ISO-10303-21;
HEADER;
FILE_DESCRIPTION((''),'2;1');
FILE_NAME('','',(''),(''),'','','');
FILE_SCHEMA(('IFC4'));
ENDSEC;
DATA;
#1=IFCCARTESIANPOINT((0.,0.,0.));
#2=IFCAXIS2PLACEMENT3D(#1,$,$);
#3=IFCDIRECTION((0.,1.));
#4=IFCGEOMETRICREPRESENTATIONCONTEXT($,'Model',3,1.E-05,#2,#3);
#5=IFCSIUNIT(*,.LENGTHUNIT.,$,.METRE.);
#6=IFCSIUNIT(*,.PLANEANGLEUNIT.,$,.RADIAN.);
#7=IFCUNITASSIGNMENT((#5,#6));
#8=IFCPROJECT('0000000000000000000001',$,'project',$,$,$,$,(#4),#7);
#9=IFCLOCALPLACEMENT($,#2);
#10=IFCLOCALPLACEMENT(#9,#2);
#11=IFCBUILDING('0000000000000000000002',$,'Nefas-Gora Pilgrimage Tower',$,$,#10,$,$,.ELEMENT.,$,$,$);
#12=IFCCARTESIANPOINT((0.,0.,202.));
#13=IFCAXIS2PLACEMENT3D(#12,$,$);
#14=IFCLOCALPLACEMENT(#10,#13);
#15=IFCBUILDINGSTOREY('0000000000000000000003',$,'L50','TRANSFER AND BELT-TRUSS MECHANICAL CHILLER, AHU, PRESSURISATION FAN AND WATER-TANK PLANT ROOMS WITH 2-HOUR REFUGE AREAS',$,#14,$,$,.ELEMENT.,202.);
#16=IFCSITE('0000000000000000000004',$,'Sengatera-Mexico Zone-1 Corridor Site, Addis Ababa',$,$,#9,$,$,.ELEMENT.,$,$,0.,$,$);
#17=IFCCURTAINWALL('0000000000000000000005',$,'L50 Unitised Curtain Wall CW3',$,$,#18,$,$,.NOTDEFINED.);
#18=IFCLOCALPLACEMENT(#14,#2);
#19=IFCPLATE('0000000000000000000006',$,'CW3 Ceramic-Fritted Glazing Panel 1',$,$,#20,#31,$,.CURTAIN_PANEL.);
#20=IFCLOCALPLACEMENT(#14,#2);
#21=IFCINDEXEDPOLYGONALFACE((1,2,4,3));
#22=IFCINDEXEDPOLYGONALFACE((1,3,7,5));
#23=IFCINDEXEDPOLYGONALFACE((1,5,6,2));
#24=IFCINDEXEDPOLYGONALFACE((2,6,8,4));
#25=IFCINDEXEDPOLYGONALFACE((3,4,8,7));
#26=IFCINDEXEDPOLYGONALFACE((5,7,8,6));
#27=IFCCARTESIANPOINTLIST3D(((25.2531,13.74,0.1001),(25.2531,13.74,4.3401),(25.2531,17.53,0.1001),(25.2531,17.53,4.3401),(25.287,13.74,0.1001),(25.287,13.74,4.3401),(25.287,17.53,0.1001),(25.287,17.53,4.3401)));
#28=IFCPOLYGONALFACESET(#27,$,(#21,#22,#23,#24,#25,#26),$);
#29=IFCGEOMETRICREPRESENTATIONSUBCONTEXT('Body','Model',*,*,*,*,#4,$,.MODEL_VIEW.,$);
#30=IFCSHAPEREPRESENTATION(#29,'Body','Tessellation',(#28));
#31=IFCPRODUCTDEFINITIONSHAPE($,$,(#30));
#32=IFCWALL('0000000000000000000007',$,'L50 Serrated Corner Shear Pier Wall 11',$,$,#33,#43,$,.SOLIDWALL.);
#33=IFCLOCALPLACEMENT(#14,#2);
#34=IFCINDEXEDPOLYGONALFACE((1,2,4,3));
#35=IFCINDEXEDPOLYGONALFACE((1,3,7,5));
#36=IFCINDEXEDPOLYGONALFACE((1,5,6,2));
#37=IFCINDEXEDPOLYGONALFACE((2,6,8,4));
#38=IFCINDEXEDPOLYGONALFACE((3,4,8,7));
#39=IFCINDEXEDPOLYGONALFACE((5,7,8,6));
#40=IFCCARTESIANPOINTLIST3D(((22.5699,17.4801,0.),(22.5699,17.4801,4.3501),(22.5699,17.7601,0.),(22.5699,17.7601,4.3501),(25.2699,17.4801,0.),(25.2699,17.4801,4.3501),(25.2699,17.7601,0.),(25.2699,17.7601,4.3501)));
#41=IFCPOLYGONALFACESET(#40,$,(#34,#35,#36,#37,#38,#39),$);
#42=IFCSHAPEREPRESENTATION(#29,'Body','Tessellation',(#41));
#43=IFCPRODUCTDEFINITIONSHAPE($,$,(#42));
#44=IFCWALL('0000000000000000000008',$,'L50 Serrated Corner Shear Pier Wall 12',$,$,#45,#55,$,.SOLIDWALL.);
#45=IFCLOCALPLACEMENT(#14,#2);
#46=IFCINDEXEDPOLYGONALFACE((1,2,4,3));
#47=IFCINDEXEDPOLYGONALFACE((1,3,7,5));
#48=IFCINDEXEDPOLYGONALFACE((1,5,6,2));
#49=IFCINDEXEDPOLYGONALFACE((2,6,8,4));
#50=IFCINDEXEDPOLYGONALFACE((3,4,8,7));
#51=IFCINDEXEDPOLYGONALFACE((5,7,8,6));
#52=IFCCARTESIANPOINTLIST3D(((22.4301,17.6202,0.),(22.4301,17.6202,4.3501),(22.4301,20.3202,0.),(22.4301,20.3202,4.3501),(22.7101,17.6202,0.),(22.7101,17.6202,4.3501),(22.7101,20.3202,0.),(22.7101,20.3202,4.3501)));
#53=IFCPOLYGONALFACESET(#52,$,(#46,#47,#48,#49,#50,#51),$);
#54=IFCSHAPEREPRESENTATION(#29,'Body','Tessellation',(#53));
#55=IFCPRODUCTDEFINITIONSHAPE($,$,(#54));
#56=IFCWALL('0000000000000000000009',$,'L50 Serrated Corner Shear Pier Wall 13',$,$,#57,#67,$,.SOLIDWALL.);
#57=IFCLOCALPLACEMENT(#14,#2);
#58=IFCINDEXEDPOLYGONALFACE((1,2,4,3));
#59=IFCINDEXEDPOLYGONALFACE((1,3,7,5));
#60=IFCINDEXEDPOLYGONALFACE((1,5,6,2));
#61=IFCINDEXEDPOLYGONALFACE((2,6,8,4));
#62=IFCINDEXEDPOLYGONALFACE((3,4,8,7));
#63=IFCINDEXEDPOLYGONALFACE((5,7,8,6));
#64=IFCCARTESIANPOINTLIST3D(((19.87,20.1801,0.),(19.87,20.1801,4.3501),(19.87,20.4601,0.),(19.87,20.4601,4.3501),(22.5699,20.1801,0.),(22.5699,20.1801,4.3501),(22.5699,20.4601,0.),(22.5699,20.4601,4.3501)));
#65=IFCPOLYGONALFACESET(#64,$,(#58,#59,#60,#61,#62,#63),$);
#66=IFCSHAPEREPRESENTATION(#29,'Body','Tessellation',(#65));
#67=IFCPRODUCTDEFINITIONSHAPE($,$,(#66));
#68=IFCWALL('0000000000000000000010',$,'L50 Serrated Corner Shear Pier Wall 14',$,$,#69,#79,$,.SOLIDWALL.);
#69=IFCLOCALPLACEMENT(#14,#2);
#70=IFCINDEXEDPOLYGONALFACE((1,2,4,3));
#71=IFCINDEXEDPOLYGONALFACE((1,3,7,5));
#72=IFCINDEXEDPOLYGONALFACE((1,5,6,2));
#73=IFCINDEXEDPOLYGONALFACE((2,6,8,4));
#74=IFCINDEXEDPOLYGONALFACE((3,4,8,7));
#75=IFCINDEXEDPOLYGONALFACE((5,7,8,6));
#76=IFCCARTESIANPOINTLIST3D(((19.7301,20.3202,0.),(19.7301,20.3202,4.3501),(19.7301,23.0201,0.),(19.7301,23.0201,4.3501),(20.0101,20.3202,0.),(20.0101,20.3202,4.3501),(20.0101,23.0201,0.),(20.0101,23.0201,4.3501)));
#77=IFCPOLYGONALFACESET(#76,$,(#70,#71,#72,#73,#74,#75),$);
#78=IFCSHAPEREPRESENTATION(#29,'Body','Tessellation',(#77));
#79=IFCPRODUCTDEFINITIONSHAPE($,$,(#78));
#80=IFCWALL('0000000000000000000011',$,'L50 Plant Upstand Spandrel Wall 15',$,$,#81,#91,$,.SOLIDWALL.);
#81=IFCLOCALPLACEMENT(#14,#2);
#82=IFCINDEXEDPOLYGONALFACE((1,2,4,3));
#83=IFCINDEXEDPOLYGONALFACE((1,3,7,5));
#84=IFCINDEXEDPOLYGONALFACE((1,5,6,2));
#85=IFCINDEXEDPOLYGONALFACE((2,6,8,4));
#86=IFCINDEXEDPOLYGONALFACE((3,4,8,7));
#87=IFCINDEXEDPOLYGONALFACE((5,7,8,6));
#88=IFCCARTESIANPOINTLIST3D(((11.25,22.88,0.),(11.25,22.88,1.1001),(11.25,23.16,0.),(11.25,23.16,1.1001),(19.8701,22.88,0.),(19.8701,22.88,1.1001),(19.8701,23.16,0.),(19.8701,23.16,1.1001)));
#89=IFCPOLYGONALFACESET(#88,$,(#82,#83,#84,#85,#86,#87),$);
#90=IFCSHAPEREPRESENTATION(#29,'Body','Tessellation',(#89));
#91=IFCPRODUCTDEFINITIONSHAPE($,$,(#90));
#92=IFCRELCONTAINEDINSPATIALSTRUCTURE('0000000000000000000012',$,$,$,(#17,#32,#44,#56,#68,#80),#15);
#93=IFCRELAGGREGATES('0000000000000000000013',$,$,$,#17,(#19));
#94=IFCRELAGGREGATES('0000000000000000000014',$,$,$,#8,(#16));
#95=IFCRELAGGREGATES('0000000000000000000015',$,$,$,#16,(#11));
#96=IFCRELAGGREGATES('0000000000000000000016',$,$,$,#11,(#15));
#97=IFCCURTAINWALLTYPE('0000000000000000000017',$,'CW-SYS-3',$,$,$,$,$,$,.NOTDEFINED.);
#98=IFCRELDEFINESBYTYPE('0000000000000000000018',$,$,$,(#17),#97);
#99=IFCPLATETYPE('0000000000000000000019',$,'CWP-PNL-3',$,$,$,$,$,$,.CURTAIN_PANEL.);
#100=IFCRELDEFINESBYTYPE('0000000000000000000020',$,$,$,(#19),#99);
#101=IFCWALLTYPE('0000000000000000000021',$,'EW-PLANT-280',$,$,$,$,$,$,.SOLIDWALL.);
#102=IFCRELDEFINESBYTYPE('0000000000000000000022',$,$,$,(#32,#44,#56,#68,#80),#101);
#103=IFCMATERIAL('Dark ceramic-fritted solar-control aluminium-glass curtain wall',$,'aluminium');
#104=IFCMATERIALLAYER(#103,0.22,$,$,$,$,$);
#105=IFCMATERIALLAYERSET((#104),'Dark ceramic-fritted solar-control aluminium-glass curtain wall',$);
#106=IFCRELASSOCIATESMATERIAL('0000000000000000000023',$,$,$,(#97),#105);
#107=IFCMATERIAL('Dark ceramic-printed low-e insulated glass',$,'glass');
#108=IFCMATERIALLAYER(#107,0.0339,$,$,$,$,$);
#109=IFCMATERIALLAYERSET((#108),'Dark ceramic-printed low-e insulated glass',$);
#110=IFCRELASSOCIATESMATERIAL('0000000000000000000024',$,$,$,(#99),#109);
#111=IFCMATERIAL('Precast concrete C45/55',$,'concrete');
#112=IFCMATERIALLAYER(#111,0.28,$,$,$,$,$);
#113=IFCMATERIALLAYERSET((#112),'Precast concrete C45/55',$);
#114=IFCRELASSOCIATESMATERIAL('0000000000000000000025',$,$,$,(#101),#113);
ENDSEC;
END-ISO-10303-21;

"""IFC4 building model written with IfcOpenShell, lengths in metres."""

from ifc_helpers import new_model, si_unit, direction, frame, frame_2d, origin, origin_2d, place, context, subcontext, project, spatial, rectangle, extrude, source, transform, mapped, material, layer, layer_set, type_object, element, aggregate, save


model = new_model("IFC4")

# Units and contexts
model_context = context("Model", 3, precision=1e-05, world=origin(), true_north=direction((0.0, 1.0)))
body_context = subcontext(model_context, "Body", "Model", "MODEL_VIEW")
ifc_project = project(units=[si_unit("LENGTHUNIT", "METRE"), si_unit("PLANEANGLEUNIT", "RADIAN")], contexts=[model_context])

# Site, building, storey
site_placement = place(None, origin())
site = spatial("IfcSite", under=ifc_project, at=site_placement, Name="Sengatera-Mexico Zone-1 Corridor Site, Addis Ababa", CompositionType="ELEMENT", RefElevation=0.0)
building_placement = place(site_placement, origin())
building = spatial("IfcBuilding", under=site, at=building_placement, Name="Nefas-Gora Pilgrimage Tower", CompositionType="ELEMENT")
storey_placement = place(building_placement, frame((0.0, 0.0, 202.0)))
storey = spatial("IfcBuildingStorey", under=building, at=storey_placement, Name="L50", Description="TRANSFER AND BELT-TRUSS MECHANICAL CHILLER, AHU, PRESSURISATION FAN AND WATER-TANK PLANT ROOMS WITH 2-HOUR REFUGE AREAS", CompositionType="ELEMENT", Elevation=202.0)

# Curtain wall
ifc_material_1 = material(Name="Dark ceramic-fritted solar-control aluminium-glass curtain wall", Category="aluminium")
ifc_layer_1 = layer(ifc_material_1, 0.22)
ifc_layer_set_1 = layer_set([ifc_layer_1], Name="Dark ceramic-fritted solar-control aluminium-glass curtain wall")
curtain_wall_type = type_object("IfcCurtainWallType", Name="CW-SYS-3", PredefinedType="NOTDEFINED", material=ifc_layer_set_1)
curtain_wall_1_placement = place(storey_placement, origin())
curtain_wall_1 = element("IfcCurtainWall", 1, at=curtain_wall_1_placement, inside=storey, type_object=curtain_wall_type, Name="L50 Unitised Curtain Wall CW3", PredefinedType="NOTDEFINED")

# Plate
ifc_material_2 = material(Name="Dark ceramic-printed low-e insulated glass", Category="glass")
ifc_layer_2 = layer(ifc_material_2, 0.0339)
ifc_layer_set_2 = layer_set([ifc_layer_2], Name="Dark ceramic-printed low-e insulated glass")
plate_type_1 = type_object("IfcPlateType", Name="CWP-PNL-3", PredefinedType="CURTAIN_PANEL", material=ifc_layer_set_2)
shared_shape_1 = source(origin(), body_context, "Body", "SweptSolid", [
    extrude(rectangle(XDim=3.79, YDim=0.0339, at=origin_2d()), origin(), (0.0, 0.0, 1.0), 4.24),
])
plate_1_placement = place(storey_placement, frame((25.27, 15.635, 0.1001), z_axis=(0.0, 0.0, 1.0), x_axis=(0.0, 1.0, 0.0)))
plate_1 = element("IfcPlate", 2, at=plate_1_placement, type_object=plate_type_1, Name="CW3 Ceramic-Fritted Glazing Panel 1", PredefinedType="CURTAIN_PANEL", context=body_context, shape_type="MappedRepresentation", body=[
    mapped(shared_shape_1, transform((0.0, 0.0, 0.0), x_axis=(1.0, 0.0, 0.0), y_axis=(0.0, 1.0, 0.0), z_axis=(0.0, 0.0, 1.0), scale=1.0)),
])
aggregate(curtain_wall_1, [plate_1])

# Walls
ifc_material_3 = material(Name="Precast concrete C45/55", Category="concrete")
ifc_layer_3 = layer(ifc_material_3, 0.28)
ifc_layer_set_3 = layer_set([ifc_layer_3], Name="Precast concrete C45/55")
wall_type = type_object("IfcWallType", Name="EW-PLANT-280", PredefinedType="SOLIDWALL", material=ifc_layer_set_3)
shared_shape_2 = source(origin(), body_context, "Body", "SweptSolid", [
    extrude(rectangle(XDim=2.7, YDim=0.28, at=frame_2d((1.3501, 0.0))), origin(), (0.0, 0.0, 1.0), 4.3501),
])
for number, where, z_axis, x_axis, name in (
    (3, (25.27, 17.6201, 0.0), (0.0, 0.0, 1.0), (-1.0, 0.0, 0.0), "L50 Serrated Corner Shear Pier Wall 11"),
    (4, (22.5701, 17.6201, 0.0), (0.0, 0.0, 1.0), (0.0, 1.0, 0.0), "L50 Serrated Corner Shear Pier Wall 12"),
    (5, (22.5701, 20.3201, 0.0), (0.0, 0.0, 1.0), (-1.0, 0.0, 0.0), "L50 Serrated Corner Shear Pier Wall 13"),
    (6, (19.8701, 20.3201, 0.0), (0.0, 0.0, 1.0), (0.0, 1.0, 0.0), "L50 Serrated Corner Shear Pier Wall 14"),
):
    element("IfcWall", number, at=place(storey_placement, frame(where, z_axis=z_axis, x_axis=x_axis)), inside=storey, type_object=wall_type, Name=name, PredefinedType="SOLIDWALL", context=body_context, shape_type="MappedRepresentation", body=[
        mapped(shared_shape_2, transform((0.0, 0.0, 0.0), x_axis=(1.0, 0.0, 0.0), y_axis=(0.0, 1.0, 0.0), z_axis=(0.0, 0.0, 1.0), scale=1.0)),
    ])
shared_shape_3 = source(origin(), body_context, "Body", "SweptSolid", [
    extrude(rectangle(XDim=8.6201, YDim=0.28, at=frame_2d((4.3101, 0.0))), origin(), (0.0, 0.0, 1.0), 1.1001),
])
wall_placement = place(storey_placement, frame((19.8701, 23.02, 0.0), z_axis=(0.0, 0.0, 1.0), x_axis=(-1.0, 0.0, 0.0)))
element("IfcWall", 7, at=wall_placement, inside=storey, type_object=wall_type, Name="L50 Plant Upstand Spandrel Wall 15", PredefinedType="SOLIDWALL", context=body_context, shape_type="MappedRepresentation", body=[
    mapped(shared_shape_3, transform((0.0, 0.0, 0.0), x_axis=(1.0, 0.0, 0.0), y_axis=(0.0, 1.0, 0.0), z_axis=(0.0, 0.0, 1.0), scale=1.0)),
])

save(model, "model.ifc")
